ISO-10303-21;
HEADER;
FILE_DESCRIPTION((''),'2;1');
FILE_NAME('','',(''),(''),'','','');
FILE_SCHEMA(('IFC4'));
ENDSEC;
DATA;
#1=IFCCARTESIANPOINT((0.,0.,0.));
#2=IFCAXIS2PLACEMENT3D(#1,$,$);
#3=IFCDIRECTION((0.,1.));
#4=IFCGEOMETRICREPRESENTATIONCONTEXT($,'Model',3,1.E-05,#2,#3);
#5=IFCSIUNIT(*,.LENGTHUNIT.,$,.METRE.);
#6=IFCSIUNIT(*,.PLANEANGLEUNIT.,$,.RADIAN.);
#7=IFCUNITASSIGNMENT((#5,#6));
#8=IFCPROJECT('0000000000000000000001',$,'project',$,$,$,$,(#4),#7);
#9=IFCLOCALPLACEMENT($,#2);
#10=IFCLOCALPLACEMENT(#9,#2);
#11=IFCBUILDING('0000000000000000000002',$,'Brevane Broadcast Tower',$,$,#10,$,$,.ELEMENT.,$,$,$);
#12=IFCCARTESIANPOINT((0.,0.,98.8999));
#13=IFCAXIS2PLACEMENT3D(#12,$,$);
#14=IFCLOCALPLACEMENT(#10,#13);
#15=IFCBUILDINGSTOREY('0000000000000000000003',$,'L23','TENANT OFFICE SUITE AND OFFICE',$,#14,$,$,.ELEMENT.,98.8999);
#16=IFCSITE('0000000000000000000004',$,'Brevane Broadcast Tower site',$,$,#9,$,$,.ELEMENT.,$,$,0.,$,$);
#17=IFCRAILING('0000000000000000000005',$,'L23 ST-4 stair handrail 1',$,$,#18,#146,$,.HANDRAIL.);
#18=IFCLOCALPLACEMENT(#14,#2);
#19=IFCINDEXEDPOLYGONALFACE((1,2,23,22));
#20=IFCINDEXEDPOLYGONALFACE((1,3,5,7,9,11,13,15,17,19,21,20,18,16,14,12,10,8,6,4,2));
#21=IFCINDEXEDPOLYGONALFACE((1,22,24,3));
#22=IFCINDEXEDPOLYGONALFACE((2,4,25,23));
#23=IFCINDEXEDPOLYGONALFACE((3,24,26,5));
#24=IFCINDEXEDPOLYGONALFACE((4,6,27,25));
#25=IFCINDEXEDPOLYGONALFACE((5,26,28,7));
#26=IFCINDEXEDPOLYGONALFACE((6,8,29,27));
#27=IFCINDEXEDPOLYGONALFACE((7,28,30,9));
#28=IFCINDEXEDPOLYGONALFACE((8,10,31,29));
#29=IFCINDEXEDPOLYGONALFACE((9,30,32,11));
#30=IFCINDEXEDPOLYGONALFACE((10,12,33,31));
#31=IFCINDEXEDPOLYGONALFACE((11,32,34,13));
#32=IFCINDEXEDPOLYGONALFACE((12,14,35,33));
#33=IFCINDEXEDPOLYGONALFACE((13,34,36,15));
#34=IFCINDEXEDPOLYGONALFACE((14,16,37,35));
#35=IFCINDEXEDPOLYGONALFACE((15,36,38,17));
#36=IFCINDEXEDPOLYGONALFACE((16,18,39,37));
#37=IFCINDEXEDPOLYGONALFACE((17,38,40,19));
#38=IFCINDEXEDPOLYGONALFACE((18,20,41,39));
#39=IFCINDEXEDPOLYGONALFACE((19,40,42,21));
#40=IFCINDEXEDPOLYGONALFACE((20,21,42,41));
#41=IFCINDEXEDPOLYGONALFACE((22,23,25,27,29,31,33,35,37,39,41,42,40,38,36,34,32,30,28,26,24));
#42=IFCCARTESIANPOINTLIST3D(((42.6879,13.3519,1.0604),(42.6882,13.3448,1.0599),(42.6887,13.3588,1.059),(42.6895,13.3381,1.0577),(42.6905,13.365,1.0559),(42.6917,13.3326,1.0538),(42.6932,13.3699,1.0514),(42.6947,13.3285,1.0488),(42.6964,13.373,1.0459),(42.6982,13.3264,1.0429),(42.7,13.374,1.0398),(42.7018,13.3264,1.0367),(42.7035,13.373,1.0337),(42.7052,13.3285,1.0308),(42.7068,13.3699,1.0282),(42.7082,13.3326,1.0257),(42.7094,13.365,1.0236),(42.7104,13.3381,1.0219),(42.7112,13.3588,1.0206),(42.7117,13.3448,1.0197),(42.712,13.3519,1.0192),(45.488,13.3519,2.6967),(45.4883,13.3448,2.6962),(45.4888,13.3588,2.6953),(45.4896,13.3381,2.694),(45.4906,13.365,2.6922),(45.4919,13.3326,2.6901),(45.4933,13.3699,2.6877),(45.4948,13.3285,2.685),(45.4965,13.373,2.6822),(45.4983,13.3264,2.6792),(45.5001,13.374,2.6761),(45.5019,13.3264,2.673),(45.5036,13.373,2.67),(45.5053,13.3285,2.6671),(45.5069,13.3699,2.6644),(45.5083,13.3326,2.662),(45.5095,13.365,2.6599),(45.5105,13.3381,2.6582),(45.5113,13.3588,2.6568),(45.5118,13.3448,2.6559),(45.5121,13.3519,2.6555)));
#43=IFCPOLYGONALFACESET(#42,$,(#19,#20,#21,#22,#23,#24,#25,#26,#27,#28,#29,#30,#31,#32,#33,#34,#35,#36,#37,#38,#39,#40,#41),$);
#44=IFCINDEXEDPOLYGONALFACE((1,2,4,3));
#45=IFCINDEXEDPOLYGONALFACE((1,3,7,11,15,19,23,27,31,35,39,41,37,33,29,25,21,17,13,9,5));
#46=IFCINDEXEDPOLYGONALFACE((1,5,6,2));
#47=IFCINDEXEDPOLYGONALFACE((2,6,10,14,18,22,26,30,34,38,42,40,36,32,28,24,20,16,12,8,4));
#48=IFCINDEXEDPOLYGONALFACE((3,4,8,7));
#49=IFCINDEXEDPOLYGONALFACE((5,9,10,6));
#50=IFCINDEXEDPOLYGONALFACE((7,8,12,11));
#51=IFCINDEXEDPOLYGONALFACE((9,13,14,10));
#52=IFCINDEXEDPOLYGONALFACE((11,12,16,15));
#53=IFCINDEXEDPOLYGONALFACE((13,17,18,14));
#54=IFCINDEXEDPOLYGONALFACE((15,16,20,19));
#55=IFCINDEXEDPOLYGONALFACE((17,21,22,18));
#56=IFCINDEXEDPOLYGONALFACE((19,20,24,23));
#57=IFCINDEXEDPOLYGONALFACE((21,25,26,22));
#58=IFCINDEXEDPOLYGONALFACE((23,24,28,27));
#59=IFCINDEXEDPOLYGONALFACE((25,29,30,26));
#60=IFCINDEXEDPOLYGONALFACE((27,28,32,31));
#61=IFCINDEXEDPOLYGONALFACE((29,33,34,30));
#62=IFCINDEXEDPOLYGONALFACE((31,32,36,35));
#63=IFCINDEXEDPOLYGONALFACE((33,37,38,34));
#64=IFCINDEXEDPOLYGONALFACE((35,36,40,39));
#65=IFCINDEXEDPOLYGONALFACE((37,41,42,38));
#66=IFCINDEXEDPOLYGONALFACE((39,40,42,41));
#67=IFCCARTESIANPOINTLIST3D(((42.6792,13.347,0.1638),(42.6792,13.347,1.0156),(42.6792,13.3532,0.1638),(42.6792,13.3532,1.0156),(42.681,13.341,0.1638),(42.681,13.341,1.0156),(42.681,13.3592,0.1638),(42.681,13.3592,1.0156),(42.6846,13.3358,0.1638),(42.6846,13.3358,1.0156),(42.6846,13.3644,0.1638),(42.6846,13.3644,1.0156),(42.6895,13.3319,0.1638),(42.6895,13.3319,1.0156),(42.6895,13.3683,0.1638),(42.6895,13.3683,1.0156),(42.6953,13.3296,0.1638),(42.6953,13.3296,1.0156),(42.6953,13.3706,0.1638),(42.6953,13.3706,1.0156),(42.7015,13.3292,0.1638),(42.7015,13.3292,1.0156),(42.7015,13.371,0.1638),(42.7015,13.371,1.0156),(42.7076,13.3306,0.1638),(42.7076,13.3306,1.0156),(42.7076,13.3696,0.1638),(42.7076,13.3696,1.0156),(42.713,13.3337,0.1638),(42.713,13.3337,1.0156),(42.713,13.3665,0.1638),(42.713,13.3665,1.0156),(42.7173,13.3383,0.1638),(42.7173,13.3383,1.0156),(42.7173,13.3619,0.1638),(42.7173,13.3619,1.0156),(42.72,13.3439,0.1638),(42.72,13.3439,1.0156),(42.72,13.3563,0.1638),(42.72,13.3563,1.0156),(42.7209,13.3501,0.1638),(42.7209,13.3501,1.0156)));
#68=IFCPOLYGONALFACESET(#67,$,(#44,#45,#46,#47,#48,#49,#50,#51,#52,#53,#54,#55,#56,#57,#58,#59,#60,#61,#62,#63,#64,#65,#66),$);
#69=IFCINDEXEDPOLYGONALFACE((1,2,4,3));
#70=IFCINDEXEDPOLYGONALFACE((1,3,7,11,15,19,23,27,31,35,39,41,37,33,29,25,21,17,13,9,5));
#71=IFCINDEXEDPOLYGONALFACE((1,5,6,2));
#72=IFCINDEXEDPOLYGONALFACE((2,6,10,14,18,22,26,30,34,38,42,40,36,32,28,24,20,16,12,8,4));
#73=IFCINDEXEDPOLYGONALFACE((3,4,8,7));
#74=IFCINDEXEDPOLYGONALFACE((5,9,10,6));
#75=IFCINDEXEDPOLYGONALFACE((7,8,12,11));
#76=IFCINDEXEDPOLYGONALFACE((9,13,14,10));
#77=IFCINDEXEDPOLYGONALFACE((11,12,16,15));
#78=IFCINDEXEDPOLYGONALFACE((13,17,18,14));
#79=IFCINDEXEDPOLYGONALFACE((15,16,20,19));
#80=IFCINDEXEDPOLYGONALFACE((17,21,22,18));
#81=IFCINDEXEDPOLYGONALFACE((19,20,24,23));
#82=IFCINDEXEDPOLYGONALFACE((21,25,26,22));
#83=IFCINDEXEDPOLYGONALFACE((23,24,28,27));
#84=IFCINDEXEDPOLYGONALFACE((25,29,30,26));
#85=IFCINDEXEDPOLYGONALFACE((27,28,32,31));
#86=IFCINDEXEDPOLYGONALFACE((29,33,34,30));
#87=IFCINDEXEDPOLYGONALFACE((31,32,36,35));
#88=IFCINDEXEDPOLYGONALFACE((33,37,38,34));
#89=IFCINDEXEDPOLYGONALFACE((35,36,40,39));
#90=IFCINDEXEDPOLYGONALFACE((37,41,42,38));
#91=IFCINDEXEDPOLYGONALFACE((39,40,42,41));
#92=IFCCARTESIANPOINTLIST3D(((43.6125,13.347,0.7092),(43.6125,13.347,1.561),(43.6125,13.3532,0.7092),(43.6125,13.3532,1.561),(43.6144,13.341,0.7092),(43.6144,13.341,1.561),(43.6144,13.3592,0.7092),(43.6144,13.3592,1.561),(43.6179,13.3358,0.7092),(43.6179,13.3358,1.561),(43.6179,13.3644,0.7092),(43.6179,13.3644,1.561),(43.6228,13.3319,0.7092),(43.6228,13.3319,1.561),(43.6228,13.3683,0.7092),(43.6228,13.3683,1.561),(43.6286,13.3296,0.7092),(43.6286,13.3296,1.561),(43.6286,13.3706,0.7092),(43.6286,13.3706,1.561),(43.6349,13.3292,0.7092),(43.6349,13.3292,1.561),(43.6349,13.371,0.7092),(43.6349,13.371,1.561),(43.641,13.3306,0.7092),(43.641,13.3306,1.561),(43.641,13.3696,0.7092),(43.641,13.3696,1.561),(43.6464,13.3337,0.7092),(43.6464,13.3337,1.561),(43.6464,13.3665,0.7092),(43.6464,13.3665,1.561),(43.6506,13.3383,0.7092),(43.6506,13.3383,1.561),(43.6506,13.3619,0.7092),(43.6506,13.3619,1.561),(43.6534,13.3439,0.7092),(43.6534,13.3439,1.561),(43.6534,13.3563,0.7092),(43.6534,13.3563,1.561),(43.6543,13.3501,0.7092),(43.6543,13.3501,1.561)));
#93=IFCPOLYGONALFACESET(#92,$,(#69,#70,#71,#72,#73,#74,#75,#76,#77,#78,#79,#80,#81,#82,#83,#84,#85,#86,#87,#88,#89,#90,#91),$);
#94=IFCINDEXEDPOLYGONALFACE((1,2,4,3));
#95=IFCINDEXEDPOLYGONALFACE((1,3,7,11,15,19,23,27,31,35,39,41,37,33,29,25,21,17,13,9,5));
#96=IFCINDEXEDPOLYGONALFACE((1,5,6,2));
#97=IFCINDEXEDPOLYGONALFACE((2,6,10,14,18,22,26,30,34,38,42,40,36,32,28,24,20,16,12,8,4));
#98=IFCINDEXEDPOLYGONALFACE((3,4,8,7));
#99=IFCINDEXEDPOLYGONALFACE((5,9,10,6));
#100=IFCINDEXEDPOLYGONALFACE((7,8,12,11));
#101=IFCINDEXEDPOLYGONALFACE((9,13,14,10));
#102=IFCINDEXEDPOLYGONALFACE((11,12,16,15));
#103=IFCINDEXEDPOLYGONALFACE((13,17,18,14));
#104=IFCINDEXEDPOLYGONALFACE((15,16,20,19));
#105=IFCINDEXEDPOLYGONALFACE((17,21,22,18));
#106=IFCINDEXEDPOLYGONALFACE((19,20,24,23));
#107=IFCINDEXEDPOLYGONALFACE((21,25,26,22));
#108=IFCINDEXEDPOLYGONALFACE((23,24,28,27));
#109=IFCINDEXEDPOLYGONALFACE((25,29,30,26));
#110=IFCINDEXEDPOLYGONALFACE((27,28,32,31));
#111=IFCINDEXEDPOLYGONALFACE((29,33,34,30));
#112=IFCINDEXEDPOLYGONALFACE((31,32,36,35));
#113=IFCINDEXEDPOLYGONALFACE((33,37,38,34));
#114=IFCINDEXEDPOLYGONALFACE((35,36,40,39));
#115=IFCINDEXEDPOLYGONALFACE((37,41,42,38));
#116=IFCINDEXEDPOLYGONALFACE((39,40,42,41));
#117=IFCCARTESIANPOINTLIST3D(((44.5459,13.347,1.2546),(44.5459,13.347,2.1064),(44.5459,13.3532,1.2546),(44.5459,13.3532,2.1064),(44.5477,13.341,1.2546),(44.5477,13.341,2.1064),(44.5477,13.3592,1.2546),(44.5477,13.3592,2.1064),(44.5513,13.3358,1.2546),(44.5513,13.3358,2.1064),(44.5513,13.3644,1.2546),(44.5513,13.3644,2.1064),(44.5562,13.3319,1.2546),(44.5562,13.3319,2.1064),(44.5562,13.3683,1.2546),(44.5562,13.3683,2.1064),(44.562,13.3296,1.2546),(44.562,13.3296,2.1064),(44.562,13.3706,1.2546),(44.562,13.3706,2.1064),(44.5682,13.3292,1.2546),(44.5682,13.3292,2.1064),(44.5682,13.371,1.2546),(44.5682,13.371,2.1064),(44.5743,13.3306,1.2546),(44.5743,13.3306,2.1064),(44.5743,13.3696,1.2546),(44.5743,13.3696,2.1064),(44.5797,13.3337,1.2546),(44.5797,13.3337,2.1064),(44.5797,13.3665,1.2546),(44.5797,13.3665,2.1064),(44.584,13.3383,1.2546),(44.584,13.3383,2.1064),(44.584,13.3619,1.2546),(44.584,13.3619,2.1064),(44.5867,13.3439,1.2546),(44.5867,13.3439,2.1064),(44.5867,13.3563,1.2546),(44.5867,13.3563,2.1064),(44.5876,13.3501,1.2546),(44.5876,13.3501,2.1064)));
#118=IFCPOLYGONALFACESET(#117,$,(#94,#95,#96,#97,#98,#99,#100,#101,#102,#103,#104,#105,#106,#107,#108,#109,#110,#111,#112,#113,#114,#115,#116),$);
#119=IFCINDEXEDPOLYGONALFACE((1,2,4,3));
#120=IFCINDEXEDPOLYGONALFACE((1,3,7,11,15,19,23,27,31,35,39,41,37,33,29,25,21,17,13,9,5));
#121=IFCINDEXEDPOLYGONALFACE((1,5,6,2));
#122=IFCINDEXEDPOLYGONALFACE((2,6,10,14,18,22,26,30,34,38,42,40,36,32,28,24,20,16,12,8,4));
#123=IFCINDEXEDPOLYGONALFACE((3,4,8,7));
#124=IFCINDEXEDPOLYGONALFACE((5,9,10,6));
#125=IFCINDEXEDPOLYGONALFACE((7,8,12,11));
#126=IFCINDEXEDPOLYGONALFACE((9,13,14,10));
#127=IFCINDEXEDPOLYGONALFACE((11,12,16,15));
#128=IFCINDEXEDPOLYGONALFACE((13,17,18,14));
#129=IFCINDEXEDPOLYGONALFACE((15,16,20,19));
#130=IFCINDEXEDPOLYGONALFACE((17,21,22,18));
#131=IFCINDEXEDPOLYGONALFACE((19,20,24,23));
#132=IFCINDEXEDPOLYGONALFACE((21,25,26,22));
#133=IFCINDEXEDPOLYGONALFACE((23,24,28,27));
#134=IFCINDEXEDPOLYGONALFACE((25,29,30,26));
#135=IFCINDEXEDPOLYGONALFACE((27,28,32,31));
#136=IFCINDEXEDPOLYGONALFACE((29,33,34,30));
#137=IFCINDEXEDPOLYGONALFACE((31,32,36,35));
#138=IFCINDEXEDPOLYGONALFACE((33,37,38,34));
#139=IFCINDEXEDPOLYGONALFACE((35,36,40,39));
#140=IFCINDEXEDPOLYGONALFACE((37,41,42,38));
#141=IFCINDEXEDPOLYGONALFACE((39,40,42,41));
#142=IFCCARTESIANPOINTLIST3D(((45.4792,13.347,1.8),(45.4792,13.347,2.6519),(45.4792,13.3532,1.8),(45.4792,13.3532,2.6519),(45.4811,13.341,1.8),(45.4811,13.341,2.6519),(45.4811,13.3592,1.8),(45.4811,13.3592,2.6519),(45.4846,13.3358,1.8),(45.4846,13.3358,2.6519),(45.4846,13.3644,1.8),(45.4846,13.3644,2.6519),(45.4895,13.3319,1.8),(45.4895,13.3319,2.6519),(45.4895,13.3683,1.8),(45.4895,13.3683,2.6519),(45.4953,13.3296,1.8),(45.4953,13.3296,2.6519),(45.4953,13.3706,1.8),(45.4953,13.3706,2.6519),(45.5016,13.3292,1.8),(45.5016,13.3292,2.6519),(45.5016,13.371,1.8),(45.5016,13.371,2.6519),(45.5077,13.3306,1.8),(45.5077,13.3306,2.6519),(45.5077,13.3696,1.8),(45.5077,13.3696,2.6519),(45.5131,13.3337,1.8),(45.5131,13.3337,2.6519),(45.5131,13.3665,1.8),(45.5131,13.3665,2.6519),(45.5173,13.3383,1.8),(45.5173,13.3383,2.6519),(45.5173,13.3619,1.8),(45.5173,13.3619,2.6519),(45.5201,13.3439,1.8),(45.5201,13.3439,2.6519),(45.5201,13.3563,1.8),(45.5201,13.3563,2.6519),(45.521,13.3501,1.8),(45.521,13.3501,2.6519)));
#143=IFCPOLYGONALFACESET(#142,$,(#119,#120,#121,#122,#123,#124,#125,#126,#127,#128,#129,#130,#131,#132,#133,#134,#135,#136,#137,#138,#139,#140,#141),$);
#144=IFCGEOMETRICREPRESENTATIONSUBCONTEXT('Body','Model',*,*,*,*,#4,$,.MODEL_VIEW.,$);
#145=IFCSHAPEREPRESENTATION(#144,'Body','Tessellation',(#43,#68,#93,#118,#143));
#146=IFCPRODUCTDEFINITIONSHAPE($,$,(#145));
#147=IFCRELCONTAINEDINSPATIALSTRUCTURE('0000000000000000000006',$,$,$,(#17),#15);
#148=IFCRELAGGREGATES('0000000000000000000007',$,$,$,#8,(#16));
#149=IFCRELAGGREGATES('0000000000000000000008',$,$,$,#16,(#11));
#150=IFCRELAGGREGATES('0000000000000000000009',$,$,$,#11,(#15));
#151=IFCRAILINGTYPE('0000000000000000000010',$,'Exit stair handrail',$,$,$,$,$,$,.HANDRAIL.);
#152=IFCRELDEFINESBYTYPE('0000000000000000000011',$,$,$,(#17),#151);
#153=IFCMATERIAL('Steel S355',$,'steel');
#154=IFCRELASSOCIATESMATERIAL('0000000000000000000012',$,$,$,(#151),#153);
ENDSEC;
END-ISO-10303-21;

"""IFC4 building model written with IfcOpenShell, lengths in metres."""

from ifc_helpers import new_model, si_unit, direction, frame, origin, origin_2d, place, context, subcontext, project, spatial, circle, extrude, material, type_object, element, save


model = new_model("IFC4")

# Units and contexts
model_context = context("Model", 3, precision=1e-05, world=origin(), true_north=direction((0.0, 1.0)))
body_context = subcontext(model_context, "Body", "Model", "MODEL_VIEW")
ifc_project = project(units=[si_unit("LENGTHUNIT", "METRE"), si_unit("PLANEANGLEUNIT", "RADIAN")], contexts=[model_context])

# Site, building, storey
site_placement = place(None, origin())
site = spatial("IfcSite", under=ifc_project, at=site_placement, Name="Brevane Broadcast Tower site", CompositionType="ELEMENT", RefElevation=0.0)
building_placement = place(site_placement, origin())
building = spatial("IfcBuilding", under=site, at=building_placement, Name="Brevane Broadcast Tower", CompositionType="ELEMENT")
storey_placement = place(building_placement, frame((0.0, 0.0, 98.8999)))
storey = spatial("IfcBuildingStorey", under=building, at=storey_placement, Name="L23", Description="TENANT OFFICE SUITE AND OFFICE", CompositionType="ELEMENT", Elevation=98.8999)

# Railing
ifc_material_1 = material(Name="Steel S355", Category="steel")
railing_type_1 = type_object("IfcRailingType", Name="Exit stair handrail", PredefinedType="HANDRAIL", material=ifc_material_1)
railing_1_placement = place(storey_placement, frame((42.7, 13.3501, 0.1638)))
element("IfcRailing", 1, at=railing_1_placement, inside=storey, type_object=railing_type_1, Name="L23 ST-4 stair handrail 1", PredefinedType="HANDRAIL", context=body_context, shape_type="SweptSolid", body=[
    extrude(circle(Radius=0.0239, at=origin_2d()), frame((0.0, 0.0, 0.876), z_axis=(0.863394, 0.0, 0.504531), x_axis=(0.0, 1.0, 0.0)), (0.0, 0.0, 1.0), 3.2432),
    extrude(circle(Radius=0.021, at=origin_2d()), origin(), (0.0, 0.0, 1.0), 0.8518),
    extrude(circle(Radius=0.021, at=origin_2d()), frame((0.9333, 0.0, 0.5454)), (0.0, 0.0, 1.0), 0.8518),
    extrude(circle(Radius=0.021, at=origin_2d()), frame((1.8667, 0.0, 1.0908)), (0.0, 0.0, 1.0), 0.8518),
    extrude(circle(Radius=0.021, at=origin_2d()), frame((2.8, 0.0, 1.6362)), (0.0, 0.0, 1.0), 0.8518),
])

save(model, "model.ifc")
